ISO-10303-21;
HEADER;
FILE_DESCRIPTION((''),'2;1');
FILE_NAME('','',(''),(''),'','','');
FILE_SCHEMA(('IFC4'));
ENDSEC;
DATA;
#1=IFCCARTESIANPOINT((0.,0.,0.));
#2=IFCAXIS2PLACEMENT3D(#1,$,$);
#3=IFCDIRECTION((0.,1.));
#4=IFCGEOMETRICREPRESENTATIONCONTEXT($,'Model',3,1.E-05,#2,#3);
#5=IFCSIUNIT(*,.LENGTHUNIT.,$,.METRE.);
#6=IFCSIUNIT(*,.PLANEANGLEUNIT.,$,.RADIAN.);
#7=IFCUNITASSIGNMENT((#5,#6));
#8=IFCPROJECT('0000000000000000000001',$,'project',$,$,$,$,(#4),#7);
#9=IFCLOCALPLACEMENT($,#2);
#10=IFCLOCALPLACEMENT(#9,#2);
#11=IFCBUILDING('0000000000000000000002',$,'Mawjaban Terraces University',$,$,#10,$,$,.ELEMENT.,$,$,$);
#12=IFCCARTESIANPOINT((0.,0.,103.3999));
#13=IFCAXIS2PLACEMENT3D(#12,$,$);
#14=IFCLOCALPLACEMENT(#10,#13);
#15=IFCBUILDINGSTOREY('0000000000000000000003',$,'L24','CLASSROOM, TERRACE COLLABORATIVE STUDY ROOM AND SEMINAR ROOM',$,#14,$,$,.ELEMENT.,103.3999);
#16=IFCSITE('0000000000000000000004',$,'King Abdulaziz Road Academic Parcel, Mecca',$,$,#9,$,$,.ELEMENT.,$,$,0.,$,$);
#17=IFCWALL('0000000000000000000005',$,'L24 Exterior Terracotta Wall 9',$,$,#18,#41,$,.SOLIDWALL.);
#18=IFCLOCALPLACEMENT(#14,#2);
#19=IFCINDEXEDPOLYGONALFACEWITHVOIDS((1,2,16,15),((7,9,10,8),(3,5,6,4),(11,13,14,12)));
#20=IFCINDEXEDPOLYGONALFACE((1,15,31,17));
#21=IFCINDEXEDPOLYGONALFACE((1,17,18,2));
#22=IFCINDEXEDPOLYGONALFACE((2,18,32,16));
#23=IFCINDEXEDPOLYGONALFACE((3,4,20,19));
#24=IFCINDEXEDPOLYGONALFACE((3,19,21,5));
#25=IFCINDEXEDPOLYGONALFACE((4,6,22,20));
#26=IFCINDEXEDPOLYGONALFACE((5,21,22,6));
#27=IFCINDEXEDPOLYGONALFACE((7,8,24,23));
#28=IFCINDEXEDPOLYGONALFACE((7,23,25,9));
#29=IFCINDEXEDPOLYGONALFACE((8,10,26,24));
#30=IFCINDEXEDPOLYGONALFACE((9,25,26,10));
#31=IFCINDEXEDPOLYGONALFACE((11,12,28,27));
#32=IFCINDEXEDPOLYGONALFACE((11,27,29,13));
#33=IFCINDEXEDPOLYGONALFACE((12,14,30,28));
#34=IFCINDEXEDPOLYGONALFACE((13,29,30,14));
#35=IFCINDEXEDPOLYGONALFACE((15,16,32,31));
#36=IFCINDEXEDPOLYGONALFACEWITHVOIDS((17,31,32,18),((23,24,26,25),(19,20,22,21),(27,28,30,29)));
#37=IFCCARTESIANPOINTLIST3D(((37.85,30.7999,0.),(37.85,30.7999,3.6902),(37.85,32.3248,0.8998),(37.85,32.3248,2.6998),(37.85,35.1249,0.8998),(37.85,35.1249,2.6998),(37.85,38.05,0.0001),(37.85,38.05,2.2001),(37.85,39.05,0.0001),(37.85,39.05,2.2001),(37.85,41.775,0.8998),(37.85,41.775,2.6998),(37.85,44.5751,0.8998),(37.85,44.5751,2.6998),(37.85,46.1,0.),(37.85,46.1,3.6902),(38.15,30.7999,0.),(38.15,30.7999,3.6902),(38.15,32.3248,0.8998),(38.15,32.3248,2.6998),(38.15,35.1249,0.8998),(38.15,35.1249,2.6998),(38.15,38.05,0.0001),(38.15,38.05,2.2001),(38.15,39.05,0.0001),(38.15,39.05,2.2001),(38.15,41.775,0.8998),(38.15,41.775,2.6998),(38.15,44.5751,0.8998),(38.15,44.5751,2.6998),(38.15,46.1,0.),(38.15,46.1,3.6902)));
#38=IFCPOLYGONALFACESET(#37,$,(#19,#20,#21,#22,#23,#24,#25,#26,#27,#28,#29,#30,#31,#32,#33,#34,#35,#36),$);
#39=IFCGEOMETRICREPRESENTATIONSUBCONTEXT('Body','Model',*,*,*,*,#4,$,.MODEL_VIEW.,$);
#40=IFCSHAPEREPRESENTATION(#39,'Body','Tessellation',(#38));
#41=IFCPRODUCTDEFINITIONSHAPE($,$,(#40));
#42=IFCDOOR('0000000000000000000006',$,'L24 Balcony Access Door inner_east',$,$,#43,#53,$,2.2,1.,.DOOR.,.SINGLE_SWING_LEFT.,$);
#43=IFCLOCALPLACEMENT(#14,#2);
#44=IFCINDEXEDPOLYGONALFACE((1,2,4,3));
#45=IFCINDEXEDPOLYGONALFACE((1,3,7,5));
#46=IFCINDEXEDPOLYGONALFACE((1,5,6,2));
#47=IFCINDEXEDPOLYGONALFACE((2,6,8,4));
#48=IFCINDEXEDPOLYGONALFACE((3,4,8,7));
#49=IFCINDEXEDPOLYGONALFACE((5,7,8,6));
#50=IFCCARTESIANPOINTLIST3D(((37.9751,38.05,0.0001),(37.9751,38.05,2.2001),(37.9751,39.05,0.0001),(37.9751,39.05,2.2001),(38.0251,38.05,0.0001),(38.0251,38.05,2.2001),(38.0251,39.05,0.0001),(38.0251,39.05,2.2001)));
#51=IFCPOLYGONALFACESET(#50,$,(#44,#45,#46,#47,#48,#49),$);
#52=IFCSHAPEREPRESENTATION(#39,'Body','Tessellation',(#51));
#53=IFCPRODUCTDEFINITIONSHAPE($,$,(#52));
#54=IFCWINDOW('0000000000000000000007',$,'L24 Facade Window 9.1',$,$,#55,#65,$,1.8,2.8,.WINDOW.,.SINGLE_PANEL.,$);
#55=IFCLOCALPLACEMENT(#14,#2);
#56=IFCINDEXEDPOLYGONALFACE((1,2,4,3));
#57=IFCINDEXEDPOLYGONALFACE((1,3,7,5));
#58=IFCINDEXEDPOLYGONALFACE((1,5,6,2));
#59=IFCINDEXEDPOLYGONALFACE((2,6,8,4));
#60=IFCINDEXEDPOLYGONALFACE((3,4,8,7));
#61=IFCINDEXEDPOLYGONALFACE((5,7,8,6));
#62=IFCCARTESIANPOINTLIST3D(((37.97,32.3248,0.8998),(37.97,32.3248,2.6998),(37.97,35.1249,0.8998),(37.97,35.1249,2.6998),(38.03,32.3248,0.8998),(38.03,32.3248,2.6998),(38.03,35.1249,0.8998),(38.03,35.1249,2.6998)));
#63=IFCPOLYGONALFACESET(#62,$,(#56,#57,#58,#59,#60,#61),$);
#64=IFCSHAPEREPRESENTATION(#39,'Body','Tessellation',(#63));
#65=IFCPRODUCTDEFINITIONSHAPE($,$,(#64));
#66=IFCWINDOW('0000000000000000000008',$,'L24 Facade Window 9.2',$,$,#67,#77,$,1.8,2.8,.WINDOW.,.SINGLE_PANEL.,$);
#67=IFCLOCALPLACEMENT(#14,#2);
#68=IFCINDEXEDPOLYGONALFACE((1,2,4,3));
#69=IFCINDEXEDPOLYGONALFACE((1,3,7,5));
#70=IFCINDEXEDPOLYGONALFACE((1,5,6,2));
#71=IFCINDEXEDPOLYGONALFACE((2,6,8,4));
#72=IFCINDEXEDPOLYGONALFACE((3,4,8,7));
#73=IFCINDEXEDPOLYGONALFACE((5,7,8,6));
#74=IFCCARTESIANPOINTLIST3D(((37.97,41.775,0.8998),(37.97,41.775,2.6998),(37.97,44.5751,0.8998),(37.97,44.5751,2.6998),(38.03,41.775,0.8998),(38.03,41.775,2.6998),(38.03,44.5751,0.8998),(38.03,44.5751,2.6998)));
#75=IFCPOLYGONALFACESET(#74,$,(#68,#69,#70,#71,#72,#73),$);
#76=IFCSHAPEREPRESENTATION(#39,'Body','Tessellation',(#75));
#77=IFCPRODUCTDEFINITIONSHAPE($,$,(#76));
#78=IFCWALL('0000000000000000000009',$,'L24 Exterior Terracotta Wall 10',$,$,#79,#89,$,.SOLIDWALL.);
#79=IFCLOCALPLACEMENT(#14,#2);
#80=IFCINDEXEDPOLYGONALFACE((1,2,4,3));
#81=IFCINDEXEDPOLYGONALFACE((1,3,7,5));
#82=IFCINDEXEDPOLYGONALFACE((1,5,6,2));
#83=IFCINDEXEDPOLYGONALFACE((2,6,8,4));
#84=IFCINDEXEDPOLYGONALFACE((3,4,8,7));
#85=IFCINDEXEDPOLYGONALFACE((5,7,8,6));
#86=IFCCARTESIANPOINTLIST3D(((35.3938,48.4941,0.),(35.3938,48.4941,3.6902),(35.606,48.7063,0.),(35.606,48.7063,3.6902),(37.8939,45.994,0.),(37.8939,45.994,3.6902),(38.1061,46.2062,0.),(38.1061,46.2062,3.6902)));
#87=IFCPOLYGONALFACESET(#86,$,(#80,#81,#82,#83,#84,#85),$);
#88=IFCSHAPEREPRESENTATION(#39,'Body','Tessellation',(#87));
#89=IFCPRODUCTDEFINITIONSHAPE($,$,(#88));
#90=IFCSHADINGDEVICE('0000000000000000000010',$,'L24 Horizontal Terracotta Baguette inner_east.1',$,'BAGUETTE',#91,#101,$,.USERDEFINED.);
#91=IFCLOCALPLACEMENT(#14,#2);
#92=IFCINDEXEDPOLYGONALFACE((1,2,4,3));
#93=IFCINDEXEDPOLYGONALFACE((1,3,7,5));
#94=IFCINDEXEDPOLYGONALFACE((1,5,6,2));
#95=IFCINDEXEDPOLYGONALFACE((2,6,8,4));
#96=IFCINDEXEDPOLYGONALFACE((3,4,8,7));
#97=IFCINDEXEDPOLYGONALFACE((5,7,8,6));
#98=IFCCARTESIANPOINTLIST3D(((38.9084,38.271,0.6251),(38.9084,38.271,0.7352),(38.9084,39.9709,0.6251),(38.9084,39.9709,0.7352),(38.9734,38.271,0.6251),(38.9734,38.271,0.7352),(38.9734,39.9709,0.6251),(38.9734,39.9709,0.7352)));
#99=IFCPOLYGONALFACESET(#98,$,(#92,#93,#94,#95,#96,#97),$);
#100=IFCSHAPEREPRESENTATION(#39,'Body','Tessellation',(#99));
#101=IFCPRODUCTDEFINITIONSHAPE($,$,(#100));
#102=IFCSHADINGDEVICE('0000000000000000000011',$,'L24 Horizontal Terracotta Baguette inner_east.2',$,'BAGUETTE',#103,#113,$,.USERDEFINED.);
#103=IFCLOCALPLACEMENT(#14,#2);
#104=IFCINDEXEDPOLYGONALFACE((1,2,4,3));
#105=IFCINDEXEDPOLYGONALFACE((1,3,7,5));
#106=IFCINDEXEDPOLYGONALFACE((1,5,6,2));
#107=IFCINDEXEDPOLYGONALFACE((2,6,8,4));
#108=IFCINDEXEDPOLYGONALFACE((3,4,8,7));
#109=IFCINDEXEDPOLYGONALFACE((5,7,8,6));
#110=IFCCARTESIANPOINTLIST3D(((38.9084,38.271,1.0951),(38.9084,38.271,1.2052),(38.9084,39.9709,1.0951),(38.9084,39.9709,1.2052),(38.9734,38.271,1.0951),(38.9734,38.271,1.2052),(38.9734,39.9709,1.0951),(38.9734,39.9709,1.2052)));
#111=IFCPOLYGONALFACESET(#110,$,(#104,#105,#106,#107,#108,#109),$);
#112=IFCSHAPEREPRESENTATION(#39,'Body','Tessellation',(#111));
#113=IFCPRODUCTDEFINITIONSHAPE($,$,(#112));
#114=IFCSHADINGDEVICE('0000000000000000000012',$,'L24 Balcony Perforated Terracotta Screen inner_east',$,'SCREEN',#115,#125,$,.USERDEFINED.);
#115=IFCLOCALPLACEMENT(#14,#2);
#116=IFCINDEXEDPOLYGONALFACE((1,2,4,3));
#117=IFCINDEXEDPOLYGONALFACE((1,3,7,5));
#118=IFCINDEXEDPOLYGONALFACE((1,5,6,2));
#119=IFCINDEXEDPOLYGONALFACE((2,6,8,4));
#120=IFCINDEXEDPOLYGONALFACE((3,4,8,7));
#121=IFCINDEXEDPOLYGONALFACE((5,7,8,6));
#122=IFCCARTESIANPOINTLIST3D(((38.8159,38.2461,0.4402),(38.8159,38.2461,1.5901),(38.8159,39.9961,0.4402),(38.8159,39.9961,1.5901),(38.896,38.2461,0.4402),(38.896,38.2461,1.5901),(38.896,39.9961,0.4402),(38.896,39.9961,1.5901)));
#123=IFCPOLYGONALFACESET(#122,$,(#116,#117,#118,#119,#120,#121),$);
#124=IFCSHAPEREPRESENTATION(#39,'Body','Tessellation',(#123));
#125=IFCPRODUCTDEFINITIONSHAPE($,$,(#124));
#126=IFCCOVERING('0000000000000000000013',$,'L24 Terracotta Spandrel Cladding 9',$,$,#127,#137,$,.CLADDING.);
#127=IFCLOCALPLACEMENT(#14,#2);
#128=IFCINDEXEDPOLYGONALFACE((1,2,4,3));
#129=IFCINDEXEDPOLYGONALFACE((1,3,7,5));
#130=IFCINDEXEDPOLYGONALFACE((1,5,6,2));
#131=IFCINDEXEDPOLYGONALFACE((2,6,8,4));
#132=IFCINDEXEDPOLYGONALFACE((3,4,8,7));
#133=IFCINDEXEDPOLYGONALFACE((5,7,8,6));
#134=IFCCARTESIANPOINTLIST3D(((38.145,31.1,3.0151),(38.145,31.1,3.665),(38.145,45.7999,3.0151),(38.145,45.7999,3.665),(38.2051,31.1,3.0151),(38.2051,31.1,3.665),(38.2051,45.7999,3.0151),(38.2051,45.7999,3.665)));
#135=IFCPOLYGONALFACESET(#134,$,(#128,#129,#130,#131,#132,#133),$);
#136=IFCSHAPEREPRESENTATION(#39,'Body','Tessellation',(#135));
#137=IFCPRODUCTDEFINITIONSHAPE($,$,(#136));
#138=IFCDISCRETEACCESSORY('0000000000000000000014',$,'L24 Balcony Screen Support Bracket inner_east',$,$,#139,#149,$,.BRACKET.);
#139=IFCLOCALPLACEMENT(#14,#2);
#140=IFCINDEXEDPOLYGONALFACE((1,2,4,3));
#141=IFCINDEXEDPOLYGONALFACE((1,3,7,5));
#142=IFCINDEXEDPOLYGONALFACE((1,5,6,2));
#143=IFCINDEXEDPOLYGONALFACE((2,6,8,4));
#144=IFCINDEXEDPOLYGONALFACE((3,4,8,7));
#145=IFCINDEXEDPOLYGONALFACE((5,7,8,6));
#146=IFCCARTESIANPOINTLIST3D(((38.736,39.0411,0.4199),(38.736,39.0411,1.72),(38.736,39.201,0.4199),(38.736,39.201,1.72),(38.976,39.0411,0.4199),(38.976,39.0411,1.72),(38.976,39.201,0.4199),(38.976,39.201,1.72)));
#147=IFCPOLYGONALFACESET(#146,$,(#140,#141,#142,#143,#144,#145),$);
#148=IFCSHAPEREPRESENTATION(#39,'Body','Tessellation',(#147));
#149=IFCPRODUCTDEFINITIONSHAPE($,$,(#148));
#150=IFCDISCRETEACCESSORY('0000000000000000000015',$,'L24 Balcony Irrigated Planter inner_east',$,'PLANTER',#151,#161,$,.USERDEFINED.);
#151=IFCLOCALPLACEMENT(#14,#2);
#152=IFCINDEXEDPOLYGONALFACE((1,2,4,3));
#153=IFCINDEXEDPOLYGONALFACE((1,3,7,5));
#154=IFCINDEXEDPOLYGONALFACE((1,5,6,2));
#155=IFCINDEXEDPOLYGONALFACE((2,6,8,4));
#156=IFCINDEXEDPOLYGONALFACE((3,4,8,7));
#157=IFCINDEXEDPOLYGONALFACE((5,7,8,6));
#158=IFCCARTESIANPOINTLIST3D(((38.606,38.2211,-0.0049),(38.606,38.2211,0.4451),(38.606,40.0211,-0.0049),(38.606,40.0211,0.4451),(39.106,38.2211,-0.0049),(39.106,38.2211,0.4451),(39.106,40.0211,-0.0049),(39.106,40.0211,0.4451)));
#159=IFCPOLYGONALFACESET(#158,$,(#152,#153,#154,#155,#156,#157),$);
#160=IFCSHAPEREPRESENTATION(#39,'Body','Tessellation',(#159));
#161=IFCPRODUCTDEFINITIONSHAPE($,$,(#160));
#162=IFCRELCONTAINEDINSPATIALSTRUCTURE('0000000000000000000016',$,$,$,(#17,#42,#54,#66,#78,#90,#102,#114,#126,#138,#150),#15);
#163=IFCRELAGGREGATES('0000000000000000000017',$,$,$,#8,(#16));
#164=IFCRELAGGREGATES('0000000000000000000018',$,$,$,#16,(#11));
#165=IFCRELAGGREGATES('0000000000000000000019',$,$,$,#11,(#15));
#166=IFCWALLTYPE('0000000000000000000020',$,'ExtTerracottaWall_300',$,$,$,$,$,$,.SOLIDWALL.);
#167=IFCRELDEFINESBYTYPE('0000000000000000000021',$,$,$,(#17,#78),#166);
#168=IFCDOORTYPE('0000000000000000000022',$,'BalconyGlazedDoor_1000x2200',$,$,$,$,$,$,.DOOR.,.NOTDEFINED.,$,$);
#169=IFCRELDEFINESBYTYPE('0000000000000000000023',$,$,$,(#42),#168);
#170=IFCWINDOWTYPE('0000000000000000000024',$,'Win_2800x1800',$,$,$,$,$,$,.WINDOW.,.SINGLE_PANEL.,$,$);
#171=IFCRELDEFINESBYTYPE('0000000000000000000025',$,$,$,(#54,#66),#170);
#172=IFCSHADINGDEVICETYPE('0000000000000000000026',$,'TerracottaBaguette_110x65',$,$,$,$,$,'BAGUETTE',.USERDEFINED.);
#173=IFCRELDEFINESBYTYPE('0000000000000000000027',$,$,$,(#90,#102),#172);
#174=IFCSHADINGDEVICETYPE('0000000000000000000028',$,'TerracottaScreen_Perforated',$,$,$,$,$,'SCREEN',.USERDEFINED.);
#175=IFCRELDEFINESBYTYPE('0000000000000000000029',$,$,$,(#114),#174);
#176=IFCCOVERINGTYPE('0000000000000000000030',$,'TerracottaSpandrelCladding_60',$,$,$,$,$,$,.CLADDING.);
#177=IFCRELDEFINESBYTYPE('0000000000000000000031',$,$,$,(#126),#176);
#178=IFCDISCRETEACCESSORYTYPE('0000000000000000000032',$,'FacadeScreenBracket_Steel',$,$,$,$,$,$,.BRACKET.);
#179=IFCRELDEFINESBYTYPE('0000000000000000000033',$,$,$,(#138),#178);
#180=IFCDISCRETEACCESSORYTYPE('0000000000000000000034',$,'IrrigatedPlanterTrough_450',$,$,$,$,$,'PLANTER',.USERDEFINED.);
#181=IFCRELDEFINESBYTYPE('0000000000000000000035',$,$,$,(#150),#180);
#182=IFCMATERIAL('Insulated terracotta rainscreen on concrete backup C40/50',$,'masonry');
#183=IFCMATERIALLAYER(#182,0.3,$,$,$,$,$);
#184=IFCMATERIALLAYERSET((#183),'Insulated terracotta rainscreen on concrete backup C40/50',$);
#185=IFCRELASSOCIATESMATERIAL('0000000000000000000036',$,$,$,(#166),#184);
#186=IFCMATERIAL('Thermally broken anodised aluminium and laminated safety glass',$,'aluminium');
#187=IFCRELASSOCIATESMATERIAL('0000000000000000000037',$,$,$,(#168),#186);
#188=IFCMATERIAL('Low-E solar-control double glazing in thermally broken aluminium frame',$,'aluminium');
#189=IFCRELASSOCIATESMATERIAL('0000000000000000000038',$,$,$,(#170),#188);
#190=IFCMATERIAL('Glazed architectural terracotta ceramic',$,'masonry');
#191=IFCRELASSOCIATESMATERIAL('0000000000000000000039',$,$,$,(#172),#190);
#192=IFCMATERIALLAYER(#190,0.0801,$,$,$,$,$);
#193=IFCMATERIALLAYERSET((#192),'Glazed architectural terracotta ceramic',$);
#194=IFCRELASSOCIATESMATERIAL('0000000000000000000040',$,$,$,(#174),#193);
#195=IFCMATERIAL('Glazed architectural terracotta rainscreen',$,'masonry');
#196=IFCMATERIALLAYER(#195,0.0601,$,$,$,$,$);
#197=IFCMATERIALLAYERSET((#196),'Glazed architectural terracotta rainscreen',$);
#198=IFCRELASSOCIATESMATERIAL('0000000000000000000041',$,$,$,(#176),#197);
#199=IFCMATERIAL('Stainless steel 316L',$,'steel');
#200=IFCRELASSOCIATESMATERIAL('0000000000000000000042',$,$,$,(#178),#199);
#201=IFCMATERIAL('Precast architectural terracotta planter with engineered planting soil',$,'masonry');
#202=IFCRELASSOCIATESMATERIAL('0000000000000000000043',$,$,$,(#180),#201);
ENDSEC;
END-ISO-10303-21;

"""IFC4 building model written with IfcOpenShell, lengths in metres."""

from ifc_helpers import new_model, si_unit, direction, frame, frame_2d, origin, origin_2d, place, context, subcontext, project, spatial, rectangle, extrude, material, layer, layer_set, material_profile, profile_set, type_object, element, fill, save


model = new_model("IFC4")

# Units and contexts
model_context = context("Model", 3, precision=1e-05, world=origin(), true_north=direction((0.0, 1.0)))
body_context = subcontext(model_context, "Body", "Model", "MODEL_VIEW")
ifc_project = project(units=[si_unit("LENGTHUNIT", "METRE"), si_unit("PLANEANGLEUNIT", "RADIAN")], contexts=[model_context])

# Site, building, storey
site_placement = place(None, origin())
site = spatial("IfcSite", under=ifc_project, at=site_placement, Name="King Abdulaziz Road Academic Parcel, Mecca", CompositionType="ELEMENT", RefElevation=0.0)
building_placement = place(site_placement, origin())
building = spatial("IfcBuilding", under=site, at=building_placement, Name="Mawjaban Terraces University", CompositionType="ELEMENT")
storey_placement = place(building_placement, frame((0.0, 0.0, 103.3999)))
storey = spatial("IfcBuildingStorey", under=building, at=storey_placement, Name="L24", Description="CLASSROOM, TERRACE COLLABORATIVE STUDY ROOM AND SEMINAR ROOM", CompositionType="ELEMENT", Elevation=103.3999)

# Wall, openings, door, windows
ifc_material_1 = material(Name="Insulated terracotta rainscreen on concrete backup C40/50", Category="masonry")
ifc_layer_1 = layer(ifc_material_1, 0.3)
ifc_layer_set_1 = layer_set([ifc_layer_1], Name="Insulated terracotta rainscreen on concrete backup C40/50")
wall_type_1 = type_object("IfcWallType", Name="ExtTerracottaWall_300", PredefinedType="SOLIDWALL", material=ifc_layer_set_1)
wall_1_placement = place(storey_placement, frame((38.0, 30.8, 0.0), z_axis=(0.0, 0.0, 1.0), x_axis=(0.0, 1.0, 0.0)))
wall_1 = element("IfcWall", 1, at=wall_1_placement, inside=storey, type_object=wall_type_1, Name="L24 Exterior Terracotta Wall 9", PredefinedType="SOLIDWALL", context=body_context, shape_type="SweptSolid", body=[
    extrude(rectangle(XDim=15.3, YDim=0.3, at=frame_2d((7.6499, 0.0))), origin(), (0.0, 0.0, 1.0), 3.6902),
])
opening_1_placement = place(wall_1_placement, frame((7.25, 0.0, 0.0)))
opening_1 = element("IfcOpeningElement", 2, at=opening_1_placement, cuts=wall_1, PredefinedType="OPENING", context=body_context, shape_type="SweptSolid", body=[
    extrude(rectangle(XDim=1.0, YDim=2.2, at=frame_2d((0.5, 1.1001))), frame((0.0, 0.1599, 0.0), z_axis=(0.0, -1.0, 0.0), x_axis=(1.0, 0.0, 0.0)), (0.0, 0.0, 1.0), 0.3201),
])
opening_2_placement = place(wall_1_placement, frame((1.5249, 0.0, 0.8999)))
opening_2 = element("IfcOpeningElement", 3, at=opening_2_placement, cuts=wall_1, PredefinedType="OPENING", context=body_context, shape_type="SweptSolid", body=[
    extrude(rectangle(XDim=2.8, YDim=1.8, at=frame_2d((1.3999, 0.8999))), frame((0.0, 0.1599, 0.0), z_axis=(0.0, -1.0, 0.0), x_axis=(1.0, 0.0, 0.0)), (0.0, 0.0, 1.0), 0.3201),
])
opening_3_placement = place(wall_1_placement, frame((10.9751, 0.0, 0.8999)))
opening_3 = element("IfcOpeningElement", 4, at=opening_3_placement, cuts=wall_1, PredefinedType="OPENING", context=body_context, shape_type="SweptSolid", body=[
    extrude(rectangle(XDim=2.8, YDim=1.8, at=frame_2d((1.3999, 0.8999))), frame((0.0, 0.1599, 0.0), z_axis=(0.0, -1.0, 0.0), x_axis=(1.0, 0.0, 0.0)), (0.0, 0.0, 1.0), 0.3201),
])
ifc_material_2 = material(Name="Thermally broken anodised aluminium and laminated safety glass", Category="aluminium")
door_type = type_object("IfcDoorType", Name="BalconyGlazedDoor_1000x2200", OperationType="NOTDEFINED", PredefinedType="DOOR", material=ifc_material_2)
door_placement = place(opening_1_placement, origin())
door = element("IfcDoor", 5, at=door_placement, inside=storey, type_object=door_type, Name="L24 Balcony Access Door inner_east", OperationType="SINGLE_SWING_LEFT", OverallHeight=2.2, OverallWidth=1.0, PredefinedType="DOOR", context=body_context, shape_type="SweptSolid", body=[
    extrude(rectangle(XDim=1.0, YDim=2.2, at=frame_2d((0.5, 1.1001))), frame((0.0, 0.0249, 0.0), z_axis=(0.0, -1.0, 0.0), x_axis=(1.0, 0.0, 0.0)), (0.0, 0.0, 1.0), 0.05),
])
fill(opening_1, door)
ifc_material_3 = material(Name="Low-E solar-control double glazing in thermally broken aluminium frame", Category="aluminium")
window_type = type_object("IfcWindowType", Name="Win_2800x1800", PartitioningType="SINGLE_PANEL", PredefinedType="WINDOW", material=ifc_material_3)
window_1_placement = place(opening_2_placement, origin())
window_1 = element("IfcWindow", 6, at=window_1_placement, inside=storey, type_object=window_type, Name="L24 Facade Window 9.1", OverallHeight=1.8, OverallWidth=2.8, PartitioningType="SINGLE_PANEL", PredefinedType="WINDOW", context=body_context, shape_type="SweptSolid", body=[
    extrude(rectangle(XDim=2.8, YDim=1.8, at=frame_2d((1.3999, 0.8999))), frame((0.0, 0.03, 0.0), z_axis=(0.0, -1.0, 0.0), x_axis=(1.0, 0.0, 0.0)), (0.0, 0.0, 1.0), 0.0601),
])
fill(opening_2, window_1)
window_2_placement = place(opening_3_placement, origin())
window_2 = element("IfcWindow", 7, at=window_2_placement, inside=storey, type_object=window_type, Name="L24 Facade Window 9.2", OverallHeight=1.8, OverallWidth=2.8, PartitioningType="SINGLE_PANEL", PredefinedType="WINDOW", context=body_context, shape_type="SweptSolid", body=[
    extrude(rectangle(XDim=2.8, YDim=1.8, at=frame_2d((1.3999, 0.8999))), frame((0.0, 0.03, 0.0), z_axis=(0.0, -1.0, 0.0), x_axis=(1.0, 0.0, 0.0)), (0.0, 0.0, 1.0), 0.0601),
])
fill(opening_3, window_2)

# Wall
wall_2_placement = place(storey_placement, frame((38.0, 46.1001, 0.0), z_axis=(0.0, 0.0, 1.0), x_axis=(-0.707107, 0.707107, 0.0)))
element("IfcWall", 8, at=wall_2_placement, inside=storey, type_object=wall_type_1, Name="L24 Exterior Terracotta Wall 10", PredefinedType="SOLIDWALL", context=body_context, shape_type="SweptSolid", body=[
    extrude(rectangle(XDim=3.5356, YDim=0.3, at=frame_2d((1.7678, 0.0))), origin(), (0.0, 0.0, 1.0), 3.6902),
])

# Shading devices
ifc_material_4 = material(Name="Glazed architectural terracotta ceramic", Category="masonry")
ifc_material_profile_1 = material_profile(ifc_material_4, rectangle(XDim=0.0649, YDim=0.1101, at=origin_2d()), Name="TBAG110X65")
ifc_profile_set_1 = profile_set([ifc_material_profile_1], Name="Glazed architectural terracotta ceramic")
shading_device_type_1 = type_object("IfcShadingDeviceType", Name="TerracottaBaguette_110x65", ElementType="BAGUETTE", PredefinedType="USERDEFINED", material=ifc_profile_set_1)
for number, where, z_axis, x_axis, name in (
    (9, (38.9409, 38.271, 0.6802), (0.0, 1.0, 0.0), (-1.0, 0.0, 0.0), "L24 Horizontal Terracotta Baguette inner_east.1"),
    (10, (38.9409, 38.271, 1.1501), (0.0, 1.0, 0.0), (-1.0, 0.0, 0.0), "L24 Horizontal Terracotta Baguette inner_east.2"),
):
    element("IfcShadingDevice", number, at=place(storey_placement, frame(where, z_axis=z_axis, x_axis=x_axis)), inside=storey, type_object=shading_device_type_1, Name=name, ObjectType="BAGUETTE", PredefinedType="USERDEFINED", context=body_context, shape_type="SweptSolid", body=[
        extrude(rectangle(XDim=0.0649, YDim=0.1101, at=origin_2d()), origin(), (0.0, 0.0, 1.0), 1.7),
    ])
ifc_layer_2 = layer(ifc_material_4, 0.0801)
ifc_layer_set_2 = layer_set([ifc_layer_2], Name="Glazed architectural terracotta ceramic")
shading_device_type_2 = type_object("IfcShadingDeviceType", Name="TerracottaScreen_Perforated", ElementType="SCREEN", PredefinedType="USERDEFINED", material=ifc_layer_set_2)
shading_device_placement = place(storey_placement, frame((38.856, 39.1211, 0.4402), z_axis=(0.0, 0.0, 1.0), x_axis=(0.0, 1.0, 0.0)))
element("IfcShadingDevice", 11, at=shading_device_placement, inside=storey, type_object=shading_device_type_2, Name="L24 Balcony Perforated Terracotta Screen inner_east", ObjectType="SCREEN", PredefinedType="USERDEFINED", context=body_context, shape_type="SweptSolid", body=[
    extrude(rectangle(XDim=1.75, YDim=0.0801, at=origin_2d()), origin(), (0.0, 0.0, 1.0), 1.1499),
])

# Covering
ifc_material_5 = material(Name="Glazed architectural terracotta rainscreen", Category="masonry")
ifc_layer_3 = layer(ifc_material_5, 0.0601)
ifc_layer_set_3 = layer_set([ifc_layer_3], Name="Glazed architectural terracotta rainscreen")
covering_type = type_object("IfcCoveringType", Name="TerracottaSpandrelCladding_60", PredefinedType="CLADDING", material=ifc_layer_set_3)
covering_placement = place(storey_placement, frame((38.175, 38.45, 3.0151), z_axis=(0.0, 0.0, 1.0), x_axis=(0.0, 1.0, 0.0)))
element("IfcCovering", 12, at=covering_placement, inside=storey, type_object=covering_type, Name="L24 Terracotta Spandrel Cladding 9", PredefinedType="CLADDING", context=body_context, shape_type="SweptSolid", body=[
    extrude(rectangle(XDim=14.7, YDim=0.0601, at=origin_2d()), origin(), (0.0, 0.0, 1.0), 0.6499),
])

# Discrete accessories
ifc_material_6 = material(Name="Stainless steel 316L", Category="steel")
discrete_accessory_type_1 = type_object("IfcDiscreteAccessoryType", Name="FacadeScreenBracket_Steel", PredefinedType="BRACKET", material=ifc_material_6)
discrete_accessory_1_placement = place(storey_placement, frame((38.856, 39.1211, 0.4199), z_axis=(0.0, 0.0, 1.0), x_axis=(0.0, 1.0, 0.0)))
element("IfcDiscreteAccessory", 13, at=discrete_accessory_1_placement, inside=storey, type_object=discrete_accessory_type_1, Name="L24 Balcony Screen Support Bracket inner_east", PredefinedType="BRACKET", context=body_context, shape_type="SweptSolid", body=[
    extrude(rectangle(XDim=0.1599, YDim=0.24, at=origin_2d()), origin(), (0.0, 0.0, 1.0), 1.3),
])
ifc_material_7 = material(Name="Precast architectural terracotta planter with engineered planting soil", Category="masonry")
discrete_accessory_type_2 = type_object("IfcDiscreteAccessoryType", Name="IrrigatedPlanterTrough_450", ElementType="PLANTER", PredefinedType="USERDEFINED", material=ifc_material_7)
discrete_accessory_2_placement = place(storey_placement, frame((38.856, 39.1211, -0.0049), z_axis=(0.0, 0.0, 1.0), x_axis=(0.0, 1.0, 0.0)))
element("IfcDiscreteAccessory", 14, at=discrete_accessory_2_placement, inside=storey, type_object=discrete_accessory_type_2, Name="L24 Balcony Irrigated Planter inner_east", ObjectType="PLANTER", PredefinedType="USERDEFINED", context=body_context, shape_type="SweptSolid", body=[
    extrude(rectangle(XDim=1.8, YDim=0.5, at=origin_2d()), origin(), (0.0, 0.0, 1.0), 0.45),
])

save(model, "model.ifc")
